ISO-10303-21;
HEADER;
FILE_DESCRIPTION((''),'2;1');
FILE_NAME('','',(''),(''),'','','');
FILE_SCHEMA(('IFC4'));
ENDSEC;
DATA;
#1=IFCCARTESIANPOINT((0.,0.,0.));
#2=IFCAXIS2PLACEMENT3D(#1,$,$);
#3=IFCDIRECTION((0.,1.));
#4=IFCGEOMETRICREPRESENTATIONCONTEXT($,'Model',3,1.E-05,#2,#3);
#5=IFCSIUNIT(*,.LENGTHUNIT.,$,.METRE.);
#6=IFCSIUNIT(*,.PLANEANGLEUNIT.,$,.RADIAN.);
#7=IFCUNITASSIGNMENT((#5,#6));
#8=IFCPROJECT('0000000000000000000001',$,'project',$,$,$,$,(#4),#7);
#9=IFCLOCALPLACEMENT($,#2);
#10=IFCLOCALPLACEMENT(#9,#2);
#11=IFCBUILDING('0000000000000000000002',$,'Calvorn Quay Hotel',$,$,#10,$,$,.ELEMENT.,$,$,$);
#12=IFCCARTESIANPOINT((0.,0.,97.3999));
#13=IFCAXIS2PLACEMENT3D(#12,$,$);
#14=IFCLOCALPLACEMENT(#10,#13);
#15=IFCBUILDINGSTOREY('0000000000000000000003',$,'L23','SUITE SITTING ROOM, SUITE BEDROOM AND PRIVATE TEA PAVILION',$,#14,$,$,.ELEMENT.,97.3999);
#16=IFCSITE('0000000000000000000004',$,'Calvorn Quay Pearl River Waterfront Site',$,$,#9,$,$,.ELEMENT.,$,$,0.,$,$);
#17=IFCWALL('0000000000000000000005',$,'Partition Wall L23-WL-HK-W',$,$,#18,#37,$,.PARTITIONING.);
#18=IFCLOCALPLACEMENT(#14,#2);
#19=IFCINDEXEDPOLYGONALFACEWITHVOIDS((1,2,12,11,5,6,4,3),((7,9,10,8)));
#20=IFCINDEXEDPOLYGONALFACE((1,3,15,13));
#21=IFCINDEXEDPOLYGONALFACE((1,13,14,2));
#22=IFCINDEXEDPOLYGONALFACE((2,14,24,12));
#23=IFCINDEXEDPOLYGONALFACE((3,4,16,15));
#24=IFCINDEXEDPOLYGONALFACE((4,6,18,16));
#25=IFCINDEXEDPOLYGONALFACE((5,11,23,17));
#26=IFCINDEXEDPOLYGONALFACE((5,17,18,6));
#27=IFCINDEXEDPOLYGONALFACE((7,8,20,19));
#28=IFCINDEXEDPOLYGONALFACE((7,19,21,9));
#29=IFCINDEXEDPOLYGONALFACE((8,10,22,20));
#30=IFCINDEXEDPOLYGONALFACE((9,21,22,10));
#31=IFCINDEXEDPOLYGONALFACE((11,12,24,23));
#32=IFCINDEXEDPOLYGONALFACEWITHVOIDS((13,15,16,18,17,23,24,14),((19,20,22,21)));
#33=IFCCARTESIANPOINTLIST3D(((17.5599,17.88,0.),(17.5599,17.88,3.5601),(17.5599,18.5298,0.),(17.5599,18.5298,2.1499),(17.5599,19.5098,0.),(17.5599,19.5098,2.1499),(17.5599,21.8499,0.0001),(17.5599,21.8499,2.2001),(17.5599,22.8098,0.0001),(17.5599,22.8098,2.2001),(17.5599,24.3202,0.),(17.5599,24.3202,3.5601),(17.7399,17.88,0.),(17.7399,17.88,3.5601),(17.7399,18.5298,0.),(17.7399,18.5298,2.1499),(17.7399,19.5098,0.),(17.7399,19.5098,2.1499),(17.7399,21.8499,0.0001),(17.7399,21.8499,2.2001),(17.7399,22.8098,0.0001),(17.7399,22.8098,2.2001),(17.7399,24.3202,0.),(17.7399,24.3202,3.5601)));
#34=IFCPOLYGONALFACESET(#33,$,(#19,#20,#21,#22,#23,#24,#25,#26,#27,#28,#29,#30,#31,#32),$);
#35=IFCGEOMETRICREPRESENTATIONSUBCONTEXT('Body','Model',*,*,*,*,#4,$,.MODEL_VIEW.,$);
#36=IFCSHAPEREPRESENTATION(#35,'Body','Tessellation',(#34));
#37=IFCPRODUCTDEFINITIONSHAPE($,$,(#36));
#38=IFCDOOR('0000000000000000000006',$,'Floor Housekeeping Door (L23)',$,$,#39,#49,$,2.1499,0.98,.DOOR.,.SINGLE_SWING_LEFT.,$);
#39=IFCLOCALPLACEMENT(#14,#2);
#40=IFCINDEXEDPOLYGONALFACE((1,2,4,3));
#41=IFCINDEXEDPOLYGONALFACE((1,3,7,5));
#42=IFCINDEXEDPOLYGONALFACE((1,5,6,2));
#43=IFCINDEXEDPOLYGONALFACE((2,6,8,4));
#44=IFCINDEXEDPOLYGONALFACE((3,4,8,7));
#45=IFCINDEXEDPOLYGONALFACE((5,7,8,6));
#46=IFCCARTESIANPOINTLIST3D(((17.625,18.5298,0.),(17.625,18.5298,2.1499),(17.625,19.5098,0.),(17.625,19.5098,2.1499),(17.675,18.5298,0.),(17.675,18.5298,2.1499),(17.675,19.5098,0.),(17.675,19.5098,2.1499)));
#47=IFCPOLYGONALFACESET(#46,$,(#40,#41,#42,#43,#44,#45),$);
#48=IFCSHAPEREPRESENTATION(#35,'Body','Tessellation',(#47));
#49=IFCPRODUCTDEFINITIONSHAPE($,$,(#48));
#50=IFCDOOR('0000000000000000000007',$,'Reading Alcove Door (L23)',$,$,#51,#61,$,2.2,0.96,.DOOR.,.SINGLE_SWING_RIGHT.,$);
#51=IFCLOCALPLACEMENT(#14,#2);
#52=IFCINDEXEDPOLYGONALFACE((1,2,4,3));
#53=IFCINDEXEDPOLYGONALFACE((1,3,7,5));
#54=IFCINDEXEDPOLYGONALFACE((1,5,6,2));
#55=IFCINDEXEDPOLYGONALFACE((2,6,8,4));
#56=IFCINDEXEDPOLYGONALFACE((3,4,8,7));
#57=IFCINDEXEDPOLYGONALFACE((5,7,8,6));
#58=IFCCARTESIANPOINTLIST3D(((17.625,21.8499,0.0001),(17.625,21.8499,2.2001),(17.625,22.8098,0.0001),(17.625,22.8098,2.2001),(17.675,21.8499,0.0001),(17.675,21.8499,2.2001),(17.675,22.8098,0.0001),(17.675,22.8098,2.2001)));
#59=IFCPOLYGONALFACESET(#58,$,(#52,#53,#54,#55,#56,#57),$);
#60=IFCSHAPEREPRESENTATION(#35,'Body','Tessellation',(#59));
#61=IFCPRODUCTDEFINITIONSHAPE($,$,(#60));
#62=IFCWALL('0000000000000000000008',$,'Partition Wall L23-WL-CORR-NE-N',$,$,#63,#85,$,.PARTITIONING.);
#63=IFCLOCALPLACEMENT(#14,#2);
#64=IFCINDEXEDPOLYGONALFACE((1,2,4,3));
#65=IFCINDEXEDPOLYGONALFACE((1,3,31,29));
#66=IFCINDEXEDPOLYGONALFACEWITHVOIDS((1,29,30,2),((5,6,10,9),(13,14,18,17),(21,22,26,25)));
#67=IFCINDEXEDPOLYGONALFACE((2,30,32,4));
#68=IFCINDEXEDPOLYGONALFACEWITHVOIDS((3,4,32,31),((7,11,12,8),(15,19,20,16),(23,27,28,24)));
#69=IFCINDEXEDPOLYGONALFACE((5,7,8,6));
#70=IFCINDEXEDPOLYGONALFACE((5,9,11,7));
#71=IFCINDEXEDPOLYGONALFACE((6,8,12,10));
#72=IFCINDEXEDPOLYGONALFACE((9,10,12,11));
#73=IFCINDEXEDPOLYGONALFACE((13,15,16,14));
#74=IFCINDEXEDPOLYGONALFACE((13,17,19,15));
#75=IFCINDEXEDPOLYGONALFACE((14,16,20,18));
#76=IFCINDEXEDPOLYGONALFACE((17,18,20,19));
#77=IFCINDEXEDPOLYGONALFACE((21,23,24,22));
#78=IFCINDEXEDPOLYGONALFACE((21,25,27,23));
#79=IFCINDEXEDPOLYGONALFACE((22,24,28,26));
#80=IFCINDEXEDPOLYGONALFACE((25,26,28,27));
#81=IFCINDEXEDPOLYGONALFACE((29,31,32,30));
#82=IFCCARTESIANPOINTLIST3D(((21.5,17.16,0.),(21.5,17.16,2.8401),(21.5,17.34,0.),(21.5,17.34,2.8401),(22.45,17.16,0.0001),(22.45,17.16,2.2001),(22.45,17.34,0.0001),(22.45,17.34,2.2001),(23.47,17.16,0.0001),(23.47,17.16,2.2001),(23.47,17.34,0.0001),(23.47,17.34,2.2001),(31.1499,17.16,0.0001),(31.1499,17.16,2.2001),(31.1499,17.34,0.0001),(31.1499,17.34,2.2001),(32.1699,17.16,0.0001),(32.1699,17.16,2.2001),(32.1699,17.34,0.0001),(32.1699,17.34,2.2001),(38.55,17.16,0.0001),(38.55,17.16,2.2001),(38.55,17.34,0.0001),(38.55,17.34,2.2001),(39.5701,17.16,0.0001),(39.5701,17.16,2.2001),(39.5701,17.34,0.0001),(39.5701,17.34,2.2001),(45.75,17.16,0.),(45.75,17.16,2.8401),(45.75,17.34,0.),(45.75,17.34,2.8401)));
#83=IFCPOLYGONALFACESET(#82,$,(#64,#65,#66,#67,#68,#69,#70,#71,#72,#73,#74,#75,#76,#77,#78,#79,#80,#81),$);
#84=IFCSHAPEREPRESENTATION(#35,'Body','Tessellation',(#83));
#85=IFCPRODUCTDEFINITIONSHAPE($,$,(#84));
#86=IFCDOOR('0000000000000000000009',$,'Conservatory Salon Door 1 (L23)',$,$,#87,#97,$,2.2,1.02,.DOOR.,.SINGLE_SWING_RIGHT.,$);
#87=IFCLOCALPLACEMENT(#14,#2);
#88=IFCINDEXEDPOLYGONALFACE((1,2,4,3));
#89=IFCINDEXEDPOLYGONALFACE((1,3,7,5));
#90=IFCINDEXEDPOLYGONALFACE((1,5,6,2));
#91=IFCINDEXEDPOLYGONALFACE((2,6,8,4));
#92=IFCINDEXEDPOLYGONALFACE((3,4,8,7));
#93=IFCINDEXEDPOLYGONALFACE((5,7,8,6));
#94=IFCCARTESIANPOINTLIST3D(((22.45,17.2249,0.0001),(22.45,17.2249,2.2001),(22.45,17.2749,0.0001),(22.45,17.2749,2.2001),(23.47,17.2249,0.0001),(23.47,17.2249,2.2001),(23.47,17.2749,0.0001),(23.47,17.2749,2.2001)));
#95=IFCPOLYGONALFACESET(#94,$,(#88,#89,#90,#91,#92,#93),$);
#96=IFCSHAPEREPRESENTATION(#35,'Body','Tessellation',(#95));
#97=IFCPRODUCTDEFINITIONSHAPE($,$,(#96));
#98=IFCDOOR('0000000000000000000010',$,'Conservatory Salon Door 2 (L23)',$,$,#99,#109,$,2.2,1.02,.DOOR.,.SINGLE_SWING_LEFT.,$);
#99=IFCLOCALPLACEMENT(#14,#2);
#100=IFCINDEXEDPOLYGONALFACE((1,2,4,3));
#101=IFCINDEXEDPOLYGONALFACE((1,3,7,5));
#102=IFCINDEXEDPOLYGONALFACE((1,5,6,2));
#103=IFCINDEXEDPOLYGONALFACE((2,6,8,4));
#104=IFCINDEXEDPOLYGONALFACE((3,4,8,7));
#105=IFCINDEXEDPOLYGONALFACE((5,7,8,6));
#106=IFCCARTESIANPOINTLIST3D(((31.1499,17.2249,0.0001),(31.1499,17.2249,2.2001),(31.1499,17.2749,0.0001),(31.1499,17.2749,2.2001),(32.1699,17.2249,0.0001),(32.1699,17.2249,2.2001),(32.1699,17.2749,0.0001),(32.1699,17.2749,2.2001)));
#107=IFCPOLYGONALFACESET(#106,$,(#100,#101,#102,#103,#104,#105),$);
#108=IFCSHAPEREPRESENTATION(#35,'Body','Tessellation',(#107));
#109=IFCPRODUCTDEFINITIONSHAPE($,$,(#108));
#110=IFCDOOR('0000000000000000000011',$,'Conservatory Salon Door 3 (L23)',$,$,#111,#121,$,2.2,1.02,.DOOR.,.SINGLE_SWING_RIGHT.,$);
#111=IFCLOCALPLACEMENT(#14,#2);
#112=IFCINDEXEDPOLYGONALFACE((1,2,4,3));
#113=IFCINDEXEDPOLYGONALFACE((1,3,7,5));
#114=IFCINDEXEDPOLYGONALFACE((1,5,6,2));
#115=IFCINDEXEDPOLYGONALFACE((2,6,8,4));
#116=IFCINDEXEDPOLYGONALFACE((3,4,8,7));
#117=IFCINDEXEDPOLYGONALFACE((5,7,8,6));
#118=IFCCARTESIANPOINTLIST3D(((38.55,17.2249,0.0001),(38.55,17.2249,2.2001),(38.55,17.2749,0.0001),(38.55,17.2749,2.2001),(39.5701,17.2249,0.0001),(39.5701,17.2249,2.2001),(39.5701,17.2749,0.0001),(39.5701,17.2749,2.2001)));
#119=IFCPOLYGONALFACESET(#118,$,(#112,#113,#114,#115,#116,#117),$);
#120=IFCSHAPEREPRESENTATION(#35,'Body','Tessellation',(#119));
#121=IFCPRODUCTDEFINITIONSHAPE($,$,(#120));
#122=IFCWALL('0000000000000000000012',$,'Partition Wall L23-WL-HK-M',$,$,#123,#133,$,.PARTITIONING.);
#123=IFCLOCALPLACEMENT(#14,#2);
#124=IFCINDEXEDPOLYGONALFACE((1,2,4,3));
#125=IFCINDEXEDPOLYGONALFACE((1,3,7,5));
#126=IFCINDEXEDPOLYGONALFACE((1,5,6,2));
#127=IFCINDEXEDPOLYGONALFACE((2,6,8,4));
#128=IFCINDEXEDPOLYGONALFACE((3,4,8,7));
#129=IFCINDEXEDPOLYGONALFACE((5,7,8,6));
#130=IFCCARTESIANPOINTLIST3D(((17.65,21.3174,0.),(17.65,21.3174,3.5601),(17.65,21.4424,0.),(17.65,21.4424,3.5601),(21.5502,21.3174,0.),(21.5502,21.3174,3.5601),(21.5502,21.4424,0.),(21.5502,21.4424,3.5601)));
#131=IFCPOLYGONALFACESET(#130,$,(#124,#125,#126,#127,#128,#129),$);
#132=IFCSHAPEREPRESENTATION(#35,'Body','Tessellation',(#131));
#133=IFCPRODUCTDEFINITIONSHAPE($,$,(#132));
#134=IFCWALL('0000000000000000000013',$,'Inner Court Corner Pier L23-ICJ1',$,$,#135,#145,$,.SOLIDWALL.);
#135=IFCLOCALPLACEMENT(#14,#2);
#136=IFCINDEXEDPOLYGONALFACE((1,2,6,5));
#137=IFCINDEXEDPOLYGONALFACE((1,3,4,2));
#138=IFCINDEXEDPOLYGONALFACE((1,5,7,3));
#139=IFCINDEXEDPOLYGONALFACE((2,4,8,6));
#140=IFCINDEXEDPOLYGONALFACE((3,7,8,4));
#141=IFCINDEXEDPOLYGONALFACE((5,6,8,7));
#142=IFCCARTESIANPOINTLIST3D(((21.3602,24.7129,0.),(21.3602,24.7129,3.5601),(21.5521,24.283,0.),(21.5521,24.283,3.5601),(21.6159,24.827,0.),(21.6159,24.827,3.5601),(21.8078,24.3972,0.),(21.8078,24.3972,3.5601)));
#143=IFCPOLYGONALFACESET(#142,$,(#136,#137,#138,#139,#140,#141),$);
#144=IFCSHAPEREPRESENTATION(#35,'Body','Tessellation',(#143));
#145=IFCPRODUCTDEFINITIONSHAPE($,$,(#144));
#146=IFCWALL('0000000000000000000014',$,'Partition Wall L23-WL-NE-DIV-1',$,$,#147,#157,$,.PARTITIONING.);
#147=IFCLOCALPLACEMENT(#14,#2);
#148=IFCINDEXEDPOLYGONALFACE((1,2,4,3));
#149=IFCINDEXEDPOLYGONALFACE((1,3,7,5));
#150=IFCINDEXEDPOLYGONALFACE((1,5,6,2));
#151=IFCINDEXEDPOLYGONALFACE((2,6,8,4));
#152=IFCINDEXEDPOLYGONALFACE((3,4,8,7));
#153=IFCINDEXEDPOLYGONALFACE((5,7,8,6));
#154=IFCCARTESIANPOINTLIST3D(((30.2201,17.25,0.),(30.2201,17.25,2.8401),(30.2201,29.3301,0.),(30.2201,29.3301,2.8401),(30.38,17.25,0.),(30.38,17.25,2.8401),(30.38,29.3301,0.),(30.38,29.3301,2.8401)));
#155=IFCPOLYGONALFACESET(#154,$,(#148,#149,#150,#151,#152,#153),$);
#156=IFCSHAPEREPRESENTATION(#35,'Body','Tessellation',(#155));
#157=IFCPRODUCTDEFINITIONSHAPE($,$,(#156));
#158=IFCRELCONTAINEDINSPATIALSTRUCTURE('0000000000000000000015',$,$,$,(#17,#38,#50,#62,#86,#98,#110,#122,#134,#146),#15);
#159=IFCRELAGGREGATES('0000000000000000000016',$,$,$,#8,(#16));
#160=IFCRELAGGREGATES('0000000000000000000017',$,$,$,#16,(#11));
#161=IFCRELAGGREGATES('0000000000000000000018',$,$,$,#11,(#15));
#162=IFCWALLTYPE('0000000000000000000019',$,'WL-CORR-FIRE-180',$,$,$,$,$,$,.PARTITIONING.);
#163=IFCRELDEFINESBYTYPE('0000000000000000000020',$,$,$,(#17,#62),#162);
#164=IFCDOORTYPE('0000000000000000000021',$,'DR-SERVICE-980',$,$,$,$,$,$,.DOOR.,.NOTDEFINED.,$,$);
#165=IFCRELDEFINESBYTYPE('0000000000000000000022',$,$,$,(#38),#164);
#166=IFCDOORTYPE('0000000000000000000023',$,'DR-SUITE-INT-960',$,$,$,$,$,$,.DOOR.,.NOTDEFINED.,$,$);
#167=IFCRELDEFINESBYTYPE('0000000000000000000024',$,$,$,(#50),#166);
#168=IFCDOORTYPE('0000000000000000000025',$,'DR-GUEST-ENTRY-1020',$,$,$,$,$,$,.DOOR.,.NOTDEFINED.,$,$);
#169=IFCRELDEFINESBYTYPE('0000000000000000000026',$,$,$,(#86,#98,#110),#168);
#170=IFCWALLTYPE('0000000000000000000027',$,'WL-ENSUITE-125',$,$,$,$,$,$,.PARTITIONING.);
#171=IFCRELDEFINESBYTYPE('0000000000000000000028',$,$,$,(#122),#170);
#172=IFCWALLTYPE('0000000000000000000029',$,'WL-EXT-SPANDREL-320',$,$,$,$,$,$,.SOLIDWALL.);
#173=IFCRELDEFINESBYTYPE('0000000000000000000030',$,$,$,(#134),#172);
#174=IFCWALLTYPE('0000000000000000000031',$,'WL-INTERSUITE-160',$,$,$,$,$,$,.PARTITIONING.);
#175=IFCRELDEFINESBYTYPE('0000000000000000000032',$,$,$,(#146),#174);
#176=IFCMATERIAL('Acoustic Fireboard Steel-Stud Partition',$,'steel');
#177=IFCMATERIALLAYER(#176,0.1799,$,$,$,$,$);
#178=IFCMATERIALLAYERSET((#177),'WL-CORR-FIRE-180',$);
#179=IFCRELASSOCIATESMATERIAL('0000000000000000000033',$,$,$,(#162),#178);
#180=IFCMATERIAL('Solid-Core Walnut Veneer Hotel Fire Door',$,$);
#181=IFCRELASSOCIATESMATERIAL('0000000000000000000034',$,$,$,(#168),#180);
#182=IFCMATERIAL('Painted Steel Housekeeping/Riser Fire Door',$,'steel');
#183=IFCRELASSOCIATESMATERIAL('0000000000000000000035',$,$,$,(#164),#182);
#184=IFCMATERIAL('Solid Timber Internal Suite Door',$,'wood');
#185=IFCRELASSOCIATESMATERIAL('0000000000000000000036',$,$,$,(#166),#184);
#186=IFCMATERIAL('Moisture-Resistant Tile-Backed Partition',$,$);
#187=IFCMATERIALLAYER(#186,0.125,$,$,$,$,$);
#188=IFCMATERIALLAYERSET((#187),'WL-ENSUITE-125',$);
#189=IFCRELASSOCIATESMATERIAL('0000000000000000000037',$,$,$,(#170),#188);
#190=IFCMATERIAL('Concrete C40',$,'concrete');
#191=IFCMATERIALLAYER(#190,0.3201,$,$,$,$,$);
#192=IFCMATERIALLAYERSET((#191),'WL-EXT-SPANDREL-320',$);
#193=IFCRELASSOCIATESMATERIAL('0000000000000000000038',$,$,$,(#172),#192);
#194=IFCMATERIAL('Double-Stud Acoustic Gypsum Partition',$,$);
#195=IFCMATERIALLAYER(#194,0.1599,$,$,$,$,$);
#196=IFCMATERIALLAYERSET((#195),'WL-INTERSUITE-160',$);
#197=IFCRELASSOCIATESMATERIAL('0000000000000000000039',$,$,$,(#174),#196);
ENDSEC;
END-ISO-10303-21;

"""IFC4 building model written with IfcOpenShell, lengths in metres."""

from ifc_helpers import new_model, si_unit, direction, frame, frame_2d, origin, place, context, subcontext, project, spatial, rectangle, extrude, material, layer, layer_set, type_object, element, fill, save


model = new_model("IFC4")

# Units and contexts
model_context = context("Model", 3, precision=1e-05, world=origin(), true_north=direction((0.0, 1.0)))
body_context = subcontext(model_context, "Body", "Model", "MODEL_VIEW")
ifc_project = project(units=[si_unit("LENGTHUNIT", "METRE"), si_unit("PLANEANGLEUNIT", "RADIAN")], contexts=[model_context])

# Site, building, storey
site_placement = place(None, origin())
site = spatial("IfcSite", under=ifc_project, at=site_placement, Name="Calvorn Quay Pearl River Waterfront Site", CompositionType="ELEMENT", RefElevation=0.0)
building_placement = place(site_placement, origin())
building = spatial("IfcBuilding", under=site, at=building_placement, Name="Calvorn Quay Hotel", CompositionType="ELEMENT")
storey_placement = place(building_placement, frame((0.0, 0.0, 97.3999)))
storey = spatial("IfcBuildingStorey", under=building, at=storey_placement, Name="L23", Description="SUITE SITTING ROOM, SUITE BEDROOM AND PRIVATE TEA PAVILION", CompositionType="ELEMENT", Elevation=97.3999)

# Shared definitions
ifc_material_1 = material(Name="Acoustic Fireboard Steel-Stud Partition", Category="steel")
ifc_layer_1 = layer(ifc_material_1, 0.1799)
ifc_layer_set_1 = layer_set([ifc_layer_1], Name="WL-CORR-FIRE-180")
wall_type_1 = type_object("IfcWallType", Name="WL-CORR-FIRE-180", PredefinedType="PARTITIONING", material=ifc_layer_set_1)
ifc_material_2 = material(Name="Solid-Core Walnut Veneer Hotel Fire Door")
door_type_1 = type_object("IfcDoorType", Name="DR-GUEST-ENTRY-1020", OperationType="NOTDEFINED", PredefinedType="DOOR", material=ifc_material_2)

# Walls, openings, doors
wall_1_placement = place(storey_placement, frame((17.6499, 17.8799, 0.0), z_axis=(0.0, 0.0, 1.0), x_axis=(0.0, 1.0, 0.0)))
wall_1 = element("IfcWall", 1, at=wall_1_placement, inside=storey, type_object=wall_type_1, Name="Partition Wall L23-WL-HK-W", PredefinedType="PARTITIONING", context=body_context, shape_type="SweptSolid", body=[
    extrude(rectangle(XDim=6.4402, YDim=0.1799, at=frame_2d((3.2202, 0.0))), origin(), (0.0, 0.0, 1.0), 3.5601),
])
opening_1_placement = place(wall_1_placement, frame((0.6499, 0.0, 0.0)))
opening_1 = element("IfcOpeningElement", 2, at=opening_1_placement, cuts=wall_1, PredefinedType="OPENING", context=body_context, shape_type="SweptSolid", body=[
    extrude(rectangle(XDim=0.98, YDim=2.1499, at=frame_2d((0.49, 1.075))), frame((0.0, 0.0999, 0.0), z_axis=(0.0, -1.0, 0.0), x_axis=(1.0, 0.0, 0.0)), (0.0, 0.0, 1.0), 0.2),
])
opening_2_placement = place(wall_1_placement, frame((3.97, 0.0, 0.0)))
opening_2 = element("IfcOpeningElement", 3, at=opening_2_placement, cuts=wall_1, PredefinedType="OPENING", context=body_context, shape_type="SweptSolid", body=[
    extrude(rectangle(XDim=0.96, YDim=2.2, at=frame_2d((0.48, 1.1001))), frame((0.0, 0.0999, 0.0), z_axis=(0.0, -1.0, 0.0), x_axis=(1.0, 0.0, 0.0)), (0.0, 0.0, 1.0), 0.2),
])
ifc_material_3 = material(Name="Painted Steel Housekeeping/Riser Fire Door", Category="steel")
door_type_2 = type_object("IfcDoorType", Name="DR-SERVICE-980", OperationType="NOTDEFINED", PredefinedType="DOOR", material=ifc_material_3)
door_1_placement = place(opening_1_placement, origin())
door_1 = element("IfcDoor", 4, at=door_1_placement, inside=storey, type_object=door_type_2, Name="Floor Housekeeping Door (L23)", OperationType="SINGLE_SWING_LEFT", OverallHeight=2.1499, OverallWidth=0.98, PredefinedType="DOOR", context=body_context, shape_type="SweptSolid", body=[
    extrude(rectangle(XDim=0.98, YDim=2.1499, at=frame_2d((0.49, 1.075))), frame((0.0, 0.0249, 0.0), z_axis=(0.0, -1.0, 0.0), x_axis=(1.0, 0.0, 0.0)), (0.0, 0.0, 1.0), 0.05),
])
fill(opening_1, door_1)
ifc_material_4 = material(Name="Solid Timber Internal Suite Door", Category="wood")
door_type_3 = type_object("IfcDoorType", Name="DR-SUITE-INT-960", OperationType="NOTDEFINED", PredefinedType="DOOR", material=ifc_material_4)
door_2_placement = place(opening_2_placement, origin())
door_2 = element("IfcDoor", 5, at=door_2_placement, inside=storey, type_object=door_type_3, Name="Reading Alcove Door (L23)", OperationType="SINGLE_SWING_RIGHT", OverallHeight=2.2, OverallWidth=0.96, PredefinedType="DOOR", context=body_context, shape_type="SweptSolid", body=[
    extrude(rectangle(XDim=0.96, YDim=2.2, at=frame_2d((0.48, 1.1001))), frame((0.0, 0.0249, 0.0), z_axis=(0.0, -1.0, 0.0), x_axis=(1.0, 0.0, 0.0)), (0.0, 0.0, 1.0), 0.05),
])
fill(opening_2, door_2)
wall_2_placement = place(storey_placement, frame((21.5, 17.25, 0.0), z_axis=(0.0, 0.0, 1.0), x_axis=(1.0, 0.0, 0.0)))
wall_2 = element("IfcWall", 6, at=wall_2_placement, inside=storey, type_object=wall_type_1, Name="Partition Wall L23-WL-CORR-NE-N", PredefinedType="PARTITIONING", context=body_context, shape_type="SweptSolid", body=[
    extrude(rectangle(XDim=24.25, YDim=0.1799, at=frame_2d((12.125, 0.0))), origin(), (0.0, 0.0, 1.0), 2.8401),
])
opening_3_placement = place(wall_2_placement, frame((0.95, 0.0, 0.0)))
opening_3 = element("IfcOpeningElement", 7, at=opening_3_placement, cuts=wall_2, PredefinedType="OPENING", context=body_context, shape_type="SweptSolid", body=[
    extrude(rectangle(XDim=1.02, YDim=2.2, at=frame_2d((0.51, 1.1001))), frame((0.0, 0.0999, 0.0), z_axis=(0.0, -1.0, 0.0), x_axis=(1.0, 0.0, 0.0)), (0.0, 0.0, 1.0), 0.2),
])
opening_4_placement = place(wall_2_placement, frame((9.6499, 0.0, 0.0)))
opening_4 = element("IfcOpeningElement", 8, at=opening_4_placement, cuts=wall_2, PredefinedType="OPENING", context=body_context, shape_type="SweptSolid", body=[
    extrude(rectangle(XDim=1.02, YDim=2.2, at=frame_2d((0.51, 1.1001))), frame((0.0, 0.0999, 0.0), z_axis=(0.0, -1.0, 0.0), x_axis=(1.0, 0.0, 0.0)), (0.0, 0.0, 1.0), 0.2),
])
opening_5_placement = place(wall_2_placement, frame((17.05, 0.0, 0.0)))
opening_5 = element("IfcOpeningElement", 9, at=opening_5_placement, cuts=wall_2, PredefinedType="OPENING", context=body_context, shape_type="SweptSolid", body=[
    extrude(rectangle(XDim=1.02, YDim=2.2, at=frame_2d((0.51, 1.1001))), frame((0.0, 0.0999, 0.0), z_axis=(0.0, -1.0, 0.0), x_axis=(1.0, 0.0, 0.0)), (0.0, 0.0, 1.0), 0.2),
])
door_3_placement = place(opening_3_placement, origin())
door_3 = element("IfcDoor", 10, at=door_3_placement, inside=storey, type_object=door_type_1, Name="Conservatory Salon Door 1 (L23)", OperationType="SINGLE_SWING_RIGHT", OverallHeight=2.2, OverallWidth=1.02, PredefinedType="DOOR", context=body_context, shape_type="SweptSolid", body=[
    extrude(rectangle(XDim=1.02, YDim=2.2, at=frame_2d((0.51, 1.1001))), frame((0.0, 0.0249, 0.0), z_axis=(0.0, -1.0, 0.0), x_axis=(1.0, 0.0, 0.0)), (0.0, 0.0, 1.0), 0.05),
])
fill(opening_3, door_3)
door_4_placement = place(opening_4_placement, origin())
door_4 = element("IfcDoor", 11, at=door_4_placement, inside=storey, type_object=door_type_1, Name="Conservatory Salon Door 2 (L23)", OperationType="SINGLE_SWING_LEFT", OverallHeight=2.2, OverallWidth=1.02, PredefinedType="DOOR", context=body_context, shape_type="SweptSolid", body=[
    extrude(rectangle(XDim=1.02, YDim=2.2, at=frame_2d((0.51, 1.1001))), frame((0.0, 0.0249, 0.0), z_axis=(0.0, -1.0, 0.0), x_axis=(1.0, 0.0, 0.0)), (0.0, 0.0, 1.0), 0.05),
])
fill(opening_4, door_4)
door_5_placement = place(opening_5_placement, origin())
door_5 = element("IfcDoor", 12, at=door_5_placement, inside=storey, type_object=door_type_1, Name="Conservatory Salon Door 3 (L23)", OperationType="SINGLE_SWING_RIGHT", OverallHeight=2.2, OverallWidth=1.02, PredefinedType="DOOR", context=body_context, shape_type="SweptSolid", body=[
    extrude(rectangle(XDim=1.02, YDim=2.2, at=frame_2d((0.51, 1.1001))), frame((0.0, 0.0249, 0.0), z_axis=(0.0, -1.0, 0.0), x_axis=(1.0, 0.0, 0.0)), (0.0, 0.0, 1.0), 0.05),
])
fill(opening_5, door_5)

# Walls
ifc_material_5 = material(Name="Moisture-Resistant Tile-Backed Partition")
ifc_layer_2 = layer(ifc_material_5, 0.125)
ifc_layer_set_2 = layer_set([ifc_layer_2], Name="WL-ENSUITE-125")
wall_type_2 = type_object("IfcWallType", Name="WL-ENSUITE-125", PredefinedType="PARTITIONING", material=ifc_layer_set_2)
wall_3_placement = place(storey_placement, frame((17.6499, 21.3799, 0.0), z_axis=(0.0, 0.0, 1.0), x_axis=(1.0, 0.0, 0.0)))
element("IfcWall", 13, at=wall_3_placement, inside=storey, type_object=wall_type_2, Name="Partition Wall L23-WL-HK-M", PredefinedType="PARTITIONING", context=body_context, shape_type="SweptSolid", body=[
    extrude(rectangle(XDim=3.9001, YDim=0.125, at=frame_2d((1.9502, 0.0))), origin(), (0.0, 0.0, 1.0), 3.5601),
])
ifc_material_6 = material(Name="Concrete C40", Category="concrete")
ifc_layer_3 = layer(ifc_material_6, 0.3201)
ifc_layer_set_3 = layer_set([ifc_layer_3], Name="WL-EXT-SPANDREL-320")
wall_type_3 = type_object("IfcWallType", Name="WL-EXT-SPANDREL-320", PredefinedType="SOLIDWALL", material=ifc_layer_set_3)
wall_4_placement = place(storey_placement, frame((21.6799, 24.3401, 0.0), z_axis=(0.0, 0.0, 1.0), x_axis=(-0.407581, 0.913169, 0.0)))
element("IfcWall", 14, at=wall_4_placement, inside=storey, type_object=wall_type_3, Name="Inner Court Corner Pier L23-ICJ1", PredefinedType="SOLIDWALL", context=body_context, shape_type="SweptSolid", body=[
    extrude(rectangle(XDim=0.4707, YDim=0.28, at=frame_2d((0.2354, 0.0))), origin(), (0.0, 0.0, 1.0), 3.5601),
])
ifc_material_7 = material(Name="Double-Stud Acoustic Gypsum Partition")
ifc_layer_4 = layer(ifc_material_7, 0.1599)
ifc_layer_set_4 = layer_set([ifc_layer_4], Name="WL-INTERSUITE-160")
wall_type_4 = type_object("IfcWallType", Name="WL-INTERSUITE-160", PredefinedType="PARTITIONING", material=ifc_layer_set_4)
wall_5_placement = place(storey_placement, frame((30.3, 17.25, 0.0), z_axis=(0.0, 0.0, 1.0), x_axis=(0.0, 1.0, 0.0)))
element("IfcWall", 15, at=wall_5_placement, inside=storey, type_object=wall_type_4, Name="Partition Wall L23-WL-NE-DIV-1", PredefinedType="PARTITIONING", context=body_context, shape_type="SweptSolid", body=[
    extrude(rectangle(XDim=12.0801, YDim=0.1599, at=frame_2d((6.04, 0.0))), origin(), (0.0, 0.0, 1.0), 2.8401),
])

save(model, "model.ifc")
